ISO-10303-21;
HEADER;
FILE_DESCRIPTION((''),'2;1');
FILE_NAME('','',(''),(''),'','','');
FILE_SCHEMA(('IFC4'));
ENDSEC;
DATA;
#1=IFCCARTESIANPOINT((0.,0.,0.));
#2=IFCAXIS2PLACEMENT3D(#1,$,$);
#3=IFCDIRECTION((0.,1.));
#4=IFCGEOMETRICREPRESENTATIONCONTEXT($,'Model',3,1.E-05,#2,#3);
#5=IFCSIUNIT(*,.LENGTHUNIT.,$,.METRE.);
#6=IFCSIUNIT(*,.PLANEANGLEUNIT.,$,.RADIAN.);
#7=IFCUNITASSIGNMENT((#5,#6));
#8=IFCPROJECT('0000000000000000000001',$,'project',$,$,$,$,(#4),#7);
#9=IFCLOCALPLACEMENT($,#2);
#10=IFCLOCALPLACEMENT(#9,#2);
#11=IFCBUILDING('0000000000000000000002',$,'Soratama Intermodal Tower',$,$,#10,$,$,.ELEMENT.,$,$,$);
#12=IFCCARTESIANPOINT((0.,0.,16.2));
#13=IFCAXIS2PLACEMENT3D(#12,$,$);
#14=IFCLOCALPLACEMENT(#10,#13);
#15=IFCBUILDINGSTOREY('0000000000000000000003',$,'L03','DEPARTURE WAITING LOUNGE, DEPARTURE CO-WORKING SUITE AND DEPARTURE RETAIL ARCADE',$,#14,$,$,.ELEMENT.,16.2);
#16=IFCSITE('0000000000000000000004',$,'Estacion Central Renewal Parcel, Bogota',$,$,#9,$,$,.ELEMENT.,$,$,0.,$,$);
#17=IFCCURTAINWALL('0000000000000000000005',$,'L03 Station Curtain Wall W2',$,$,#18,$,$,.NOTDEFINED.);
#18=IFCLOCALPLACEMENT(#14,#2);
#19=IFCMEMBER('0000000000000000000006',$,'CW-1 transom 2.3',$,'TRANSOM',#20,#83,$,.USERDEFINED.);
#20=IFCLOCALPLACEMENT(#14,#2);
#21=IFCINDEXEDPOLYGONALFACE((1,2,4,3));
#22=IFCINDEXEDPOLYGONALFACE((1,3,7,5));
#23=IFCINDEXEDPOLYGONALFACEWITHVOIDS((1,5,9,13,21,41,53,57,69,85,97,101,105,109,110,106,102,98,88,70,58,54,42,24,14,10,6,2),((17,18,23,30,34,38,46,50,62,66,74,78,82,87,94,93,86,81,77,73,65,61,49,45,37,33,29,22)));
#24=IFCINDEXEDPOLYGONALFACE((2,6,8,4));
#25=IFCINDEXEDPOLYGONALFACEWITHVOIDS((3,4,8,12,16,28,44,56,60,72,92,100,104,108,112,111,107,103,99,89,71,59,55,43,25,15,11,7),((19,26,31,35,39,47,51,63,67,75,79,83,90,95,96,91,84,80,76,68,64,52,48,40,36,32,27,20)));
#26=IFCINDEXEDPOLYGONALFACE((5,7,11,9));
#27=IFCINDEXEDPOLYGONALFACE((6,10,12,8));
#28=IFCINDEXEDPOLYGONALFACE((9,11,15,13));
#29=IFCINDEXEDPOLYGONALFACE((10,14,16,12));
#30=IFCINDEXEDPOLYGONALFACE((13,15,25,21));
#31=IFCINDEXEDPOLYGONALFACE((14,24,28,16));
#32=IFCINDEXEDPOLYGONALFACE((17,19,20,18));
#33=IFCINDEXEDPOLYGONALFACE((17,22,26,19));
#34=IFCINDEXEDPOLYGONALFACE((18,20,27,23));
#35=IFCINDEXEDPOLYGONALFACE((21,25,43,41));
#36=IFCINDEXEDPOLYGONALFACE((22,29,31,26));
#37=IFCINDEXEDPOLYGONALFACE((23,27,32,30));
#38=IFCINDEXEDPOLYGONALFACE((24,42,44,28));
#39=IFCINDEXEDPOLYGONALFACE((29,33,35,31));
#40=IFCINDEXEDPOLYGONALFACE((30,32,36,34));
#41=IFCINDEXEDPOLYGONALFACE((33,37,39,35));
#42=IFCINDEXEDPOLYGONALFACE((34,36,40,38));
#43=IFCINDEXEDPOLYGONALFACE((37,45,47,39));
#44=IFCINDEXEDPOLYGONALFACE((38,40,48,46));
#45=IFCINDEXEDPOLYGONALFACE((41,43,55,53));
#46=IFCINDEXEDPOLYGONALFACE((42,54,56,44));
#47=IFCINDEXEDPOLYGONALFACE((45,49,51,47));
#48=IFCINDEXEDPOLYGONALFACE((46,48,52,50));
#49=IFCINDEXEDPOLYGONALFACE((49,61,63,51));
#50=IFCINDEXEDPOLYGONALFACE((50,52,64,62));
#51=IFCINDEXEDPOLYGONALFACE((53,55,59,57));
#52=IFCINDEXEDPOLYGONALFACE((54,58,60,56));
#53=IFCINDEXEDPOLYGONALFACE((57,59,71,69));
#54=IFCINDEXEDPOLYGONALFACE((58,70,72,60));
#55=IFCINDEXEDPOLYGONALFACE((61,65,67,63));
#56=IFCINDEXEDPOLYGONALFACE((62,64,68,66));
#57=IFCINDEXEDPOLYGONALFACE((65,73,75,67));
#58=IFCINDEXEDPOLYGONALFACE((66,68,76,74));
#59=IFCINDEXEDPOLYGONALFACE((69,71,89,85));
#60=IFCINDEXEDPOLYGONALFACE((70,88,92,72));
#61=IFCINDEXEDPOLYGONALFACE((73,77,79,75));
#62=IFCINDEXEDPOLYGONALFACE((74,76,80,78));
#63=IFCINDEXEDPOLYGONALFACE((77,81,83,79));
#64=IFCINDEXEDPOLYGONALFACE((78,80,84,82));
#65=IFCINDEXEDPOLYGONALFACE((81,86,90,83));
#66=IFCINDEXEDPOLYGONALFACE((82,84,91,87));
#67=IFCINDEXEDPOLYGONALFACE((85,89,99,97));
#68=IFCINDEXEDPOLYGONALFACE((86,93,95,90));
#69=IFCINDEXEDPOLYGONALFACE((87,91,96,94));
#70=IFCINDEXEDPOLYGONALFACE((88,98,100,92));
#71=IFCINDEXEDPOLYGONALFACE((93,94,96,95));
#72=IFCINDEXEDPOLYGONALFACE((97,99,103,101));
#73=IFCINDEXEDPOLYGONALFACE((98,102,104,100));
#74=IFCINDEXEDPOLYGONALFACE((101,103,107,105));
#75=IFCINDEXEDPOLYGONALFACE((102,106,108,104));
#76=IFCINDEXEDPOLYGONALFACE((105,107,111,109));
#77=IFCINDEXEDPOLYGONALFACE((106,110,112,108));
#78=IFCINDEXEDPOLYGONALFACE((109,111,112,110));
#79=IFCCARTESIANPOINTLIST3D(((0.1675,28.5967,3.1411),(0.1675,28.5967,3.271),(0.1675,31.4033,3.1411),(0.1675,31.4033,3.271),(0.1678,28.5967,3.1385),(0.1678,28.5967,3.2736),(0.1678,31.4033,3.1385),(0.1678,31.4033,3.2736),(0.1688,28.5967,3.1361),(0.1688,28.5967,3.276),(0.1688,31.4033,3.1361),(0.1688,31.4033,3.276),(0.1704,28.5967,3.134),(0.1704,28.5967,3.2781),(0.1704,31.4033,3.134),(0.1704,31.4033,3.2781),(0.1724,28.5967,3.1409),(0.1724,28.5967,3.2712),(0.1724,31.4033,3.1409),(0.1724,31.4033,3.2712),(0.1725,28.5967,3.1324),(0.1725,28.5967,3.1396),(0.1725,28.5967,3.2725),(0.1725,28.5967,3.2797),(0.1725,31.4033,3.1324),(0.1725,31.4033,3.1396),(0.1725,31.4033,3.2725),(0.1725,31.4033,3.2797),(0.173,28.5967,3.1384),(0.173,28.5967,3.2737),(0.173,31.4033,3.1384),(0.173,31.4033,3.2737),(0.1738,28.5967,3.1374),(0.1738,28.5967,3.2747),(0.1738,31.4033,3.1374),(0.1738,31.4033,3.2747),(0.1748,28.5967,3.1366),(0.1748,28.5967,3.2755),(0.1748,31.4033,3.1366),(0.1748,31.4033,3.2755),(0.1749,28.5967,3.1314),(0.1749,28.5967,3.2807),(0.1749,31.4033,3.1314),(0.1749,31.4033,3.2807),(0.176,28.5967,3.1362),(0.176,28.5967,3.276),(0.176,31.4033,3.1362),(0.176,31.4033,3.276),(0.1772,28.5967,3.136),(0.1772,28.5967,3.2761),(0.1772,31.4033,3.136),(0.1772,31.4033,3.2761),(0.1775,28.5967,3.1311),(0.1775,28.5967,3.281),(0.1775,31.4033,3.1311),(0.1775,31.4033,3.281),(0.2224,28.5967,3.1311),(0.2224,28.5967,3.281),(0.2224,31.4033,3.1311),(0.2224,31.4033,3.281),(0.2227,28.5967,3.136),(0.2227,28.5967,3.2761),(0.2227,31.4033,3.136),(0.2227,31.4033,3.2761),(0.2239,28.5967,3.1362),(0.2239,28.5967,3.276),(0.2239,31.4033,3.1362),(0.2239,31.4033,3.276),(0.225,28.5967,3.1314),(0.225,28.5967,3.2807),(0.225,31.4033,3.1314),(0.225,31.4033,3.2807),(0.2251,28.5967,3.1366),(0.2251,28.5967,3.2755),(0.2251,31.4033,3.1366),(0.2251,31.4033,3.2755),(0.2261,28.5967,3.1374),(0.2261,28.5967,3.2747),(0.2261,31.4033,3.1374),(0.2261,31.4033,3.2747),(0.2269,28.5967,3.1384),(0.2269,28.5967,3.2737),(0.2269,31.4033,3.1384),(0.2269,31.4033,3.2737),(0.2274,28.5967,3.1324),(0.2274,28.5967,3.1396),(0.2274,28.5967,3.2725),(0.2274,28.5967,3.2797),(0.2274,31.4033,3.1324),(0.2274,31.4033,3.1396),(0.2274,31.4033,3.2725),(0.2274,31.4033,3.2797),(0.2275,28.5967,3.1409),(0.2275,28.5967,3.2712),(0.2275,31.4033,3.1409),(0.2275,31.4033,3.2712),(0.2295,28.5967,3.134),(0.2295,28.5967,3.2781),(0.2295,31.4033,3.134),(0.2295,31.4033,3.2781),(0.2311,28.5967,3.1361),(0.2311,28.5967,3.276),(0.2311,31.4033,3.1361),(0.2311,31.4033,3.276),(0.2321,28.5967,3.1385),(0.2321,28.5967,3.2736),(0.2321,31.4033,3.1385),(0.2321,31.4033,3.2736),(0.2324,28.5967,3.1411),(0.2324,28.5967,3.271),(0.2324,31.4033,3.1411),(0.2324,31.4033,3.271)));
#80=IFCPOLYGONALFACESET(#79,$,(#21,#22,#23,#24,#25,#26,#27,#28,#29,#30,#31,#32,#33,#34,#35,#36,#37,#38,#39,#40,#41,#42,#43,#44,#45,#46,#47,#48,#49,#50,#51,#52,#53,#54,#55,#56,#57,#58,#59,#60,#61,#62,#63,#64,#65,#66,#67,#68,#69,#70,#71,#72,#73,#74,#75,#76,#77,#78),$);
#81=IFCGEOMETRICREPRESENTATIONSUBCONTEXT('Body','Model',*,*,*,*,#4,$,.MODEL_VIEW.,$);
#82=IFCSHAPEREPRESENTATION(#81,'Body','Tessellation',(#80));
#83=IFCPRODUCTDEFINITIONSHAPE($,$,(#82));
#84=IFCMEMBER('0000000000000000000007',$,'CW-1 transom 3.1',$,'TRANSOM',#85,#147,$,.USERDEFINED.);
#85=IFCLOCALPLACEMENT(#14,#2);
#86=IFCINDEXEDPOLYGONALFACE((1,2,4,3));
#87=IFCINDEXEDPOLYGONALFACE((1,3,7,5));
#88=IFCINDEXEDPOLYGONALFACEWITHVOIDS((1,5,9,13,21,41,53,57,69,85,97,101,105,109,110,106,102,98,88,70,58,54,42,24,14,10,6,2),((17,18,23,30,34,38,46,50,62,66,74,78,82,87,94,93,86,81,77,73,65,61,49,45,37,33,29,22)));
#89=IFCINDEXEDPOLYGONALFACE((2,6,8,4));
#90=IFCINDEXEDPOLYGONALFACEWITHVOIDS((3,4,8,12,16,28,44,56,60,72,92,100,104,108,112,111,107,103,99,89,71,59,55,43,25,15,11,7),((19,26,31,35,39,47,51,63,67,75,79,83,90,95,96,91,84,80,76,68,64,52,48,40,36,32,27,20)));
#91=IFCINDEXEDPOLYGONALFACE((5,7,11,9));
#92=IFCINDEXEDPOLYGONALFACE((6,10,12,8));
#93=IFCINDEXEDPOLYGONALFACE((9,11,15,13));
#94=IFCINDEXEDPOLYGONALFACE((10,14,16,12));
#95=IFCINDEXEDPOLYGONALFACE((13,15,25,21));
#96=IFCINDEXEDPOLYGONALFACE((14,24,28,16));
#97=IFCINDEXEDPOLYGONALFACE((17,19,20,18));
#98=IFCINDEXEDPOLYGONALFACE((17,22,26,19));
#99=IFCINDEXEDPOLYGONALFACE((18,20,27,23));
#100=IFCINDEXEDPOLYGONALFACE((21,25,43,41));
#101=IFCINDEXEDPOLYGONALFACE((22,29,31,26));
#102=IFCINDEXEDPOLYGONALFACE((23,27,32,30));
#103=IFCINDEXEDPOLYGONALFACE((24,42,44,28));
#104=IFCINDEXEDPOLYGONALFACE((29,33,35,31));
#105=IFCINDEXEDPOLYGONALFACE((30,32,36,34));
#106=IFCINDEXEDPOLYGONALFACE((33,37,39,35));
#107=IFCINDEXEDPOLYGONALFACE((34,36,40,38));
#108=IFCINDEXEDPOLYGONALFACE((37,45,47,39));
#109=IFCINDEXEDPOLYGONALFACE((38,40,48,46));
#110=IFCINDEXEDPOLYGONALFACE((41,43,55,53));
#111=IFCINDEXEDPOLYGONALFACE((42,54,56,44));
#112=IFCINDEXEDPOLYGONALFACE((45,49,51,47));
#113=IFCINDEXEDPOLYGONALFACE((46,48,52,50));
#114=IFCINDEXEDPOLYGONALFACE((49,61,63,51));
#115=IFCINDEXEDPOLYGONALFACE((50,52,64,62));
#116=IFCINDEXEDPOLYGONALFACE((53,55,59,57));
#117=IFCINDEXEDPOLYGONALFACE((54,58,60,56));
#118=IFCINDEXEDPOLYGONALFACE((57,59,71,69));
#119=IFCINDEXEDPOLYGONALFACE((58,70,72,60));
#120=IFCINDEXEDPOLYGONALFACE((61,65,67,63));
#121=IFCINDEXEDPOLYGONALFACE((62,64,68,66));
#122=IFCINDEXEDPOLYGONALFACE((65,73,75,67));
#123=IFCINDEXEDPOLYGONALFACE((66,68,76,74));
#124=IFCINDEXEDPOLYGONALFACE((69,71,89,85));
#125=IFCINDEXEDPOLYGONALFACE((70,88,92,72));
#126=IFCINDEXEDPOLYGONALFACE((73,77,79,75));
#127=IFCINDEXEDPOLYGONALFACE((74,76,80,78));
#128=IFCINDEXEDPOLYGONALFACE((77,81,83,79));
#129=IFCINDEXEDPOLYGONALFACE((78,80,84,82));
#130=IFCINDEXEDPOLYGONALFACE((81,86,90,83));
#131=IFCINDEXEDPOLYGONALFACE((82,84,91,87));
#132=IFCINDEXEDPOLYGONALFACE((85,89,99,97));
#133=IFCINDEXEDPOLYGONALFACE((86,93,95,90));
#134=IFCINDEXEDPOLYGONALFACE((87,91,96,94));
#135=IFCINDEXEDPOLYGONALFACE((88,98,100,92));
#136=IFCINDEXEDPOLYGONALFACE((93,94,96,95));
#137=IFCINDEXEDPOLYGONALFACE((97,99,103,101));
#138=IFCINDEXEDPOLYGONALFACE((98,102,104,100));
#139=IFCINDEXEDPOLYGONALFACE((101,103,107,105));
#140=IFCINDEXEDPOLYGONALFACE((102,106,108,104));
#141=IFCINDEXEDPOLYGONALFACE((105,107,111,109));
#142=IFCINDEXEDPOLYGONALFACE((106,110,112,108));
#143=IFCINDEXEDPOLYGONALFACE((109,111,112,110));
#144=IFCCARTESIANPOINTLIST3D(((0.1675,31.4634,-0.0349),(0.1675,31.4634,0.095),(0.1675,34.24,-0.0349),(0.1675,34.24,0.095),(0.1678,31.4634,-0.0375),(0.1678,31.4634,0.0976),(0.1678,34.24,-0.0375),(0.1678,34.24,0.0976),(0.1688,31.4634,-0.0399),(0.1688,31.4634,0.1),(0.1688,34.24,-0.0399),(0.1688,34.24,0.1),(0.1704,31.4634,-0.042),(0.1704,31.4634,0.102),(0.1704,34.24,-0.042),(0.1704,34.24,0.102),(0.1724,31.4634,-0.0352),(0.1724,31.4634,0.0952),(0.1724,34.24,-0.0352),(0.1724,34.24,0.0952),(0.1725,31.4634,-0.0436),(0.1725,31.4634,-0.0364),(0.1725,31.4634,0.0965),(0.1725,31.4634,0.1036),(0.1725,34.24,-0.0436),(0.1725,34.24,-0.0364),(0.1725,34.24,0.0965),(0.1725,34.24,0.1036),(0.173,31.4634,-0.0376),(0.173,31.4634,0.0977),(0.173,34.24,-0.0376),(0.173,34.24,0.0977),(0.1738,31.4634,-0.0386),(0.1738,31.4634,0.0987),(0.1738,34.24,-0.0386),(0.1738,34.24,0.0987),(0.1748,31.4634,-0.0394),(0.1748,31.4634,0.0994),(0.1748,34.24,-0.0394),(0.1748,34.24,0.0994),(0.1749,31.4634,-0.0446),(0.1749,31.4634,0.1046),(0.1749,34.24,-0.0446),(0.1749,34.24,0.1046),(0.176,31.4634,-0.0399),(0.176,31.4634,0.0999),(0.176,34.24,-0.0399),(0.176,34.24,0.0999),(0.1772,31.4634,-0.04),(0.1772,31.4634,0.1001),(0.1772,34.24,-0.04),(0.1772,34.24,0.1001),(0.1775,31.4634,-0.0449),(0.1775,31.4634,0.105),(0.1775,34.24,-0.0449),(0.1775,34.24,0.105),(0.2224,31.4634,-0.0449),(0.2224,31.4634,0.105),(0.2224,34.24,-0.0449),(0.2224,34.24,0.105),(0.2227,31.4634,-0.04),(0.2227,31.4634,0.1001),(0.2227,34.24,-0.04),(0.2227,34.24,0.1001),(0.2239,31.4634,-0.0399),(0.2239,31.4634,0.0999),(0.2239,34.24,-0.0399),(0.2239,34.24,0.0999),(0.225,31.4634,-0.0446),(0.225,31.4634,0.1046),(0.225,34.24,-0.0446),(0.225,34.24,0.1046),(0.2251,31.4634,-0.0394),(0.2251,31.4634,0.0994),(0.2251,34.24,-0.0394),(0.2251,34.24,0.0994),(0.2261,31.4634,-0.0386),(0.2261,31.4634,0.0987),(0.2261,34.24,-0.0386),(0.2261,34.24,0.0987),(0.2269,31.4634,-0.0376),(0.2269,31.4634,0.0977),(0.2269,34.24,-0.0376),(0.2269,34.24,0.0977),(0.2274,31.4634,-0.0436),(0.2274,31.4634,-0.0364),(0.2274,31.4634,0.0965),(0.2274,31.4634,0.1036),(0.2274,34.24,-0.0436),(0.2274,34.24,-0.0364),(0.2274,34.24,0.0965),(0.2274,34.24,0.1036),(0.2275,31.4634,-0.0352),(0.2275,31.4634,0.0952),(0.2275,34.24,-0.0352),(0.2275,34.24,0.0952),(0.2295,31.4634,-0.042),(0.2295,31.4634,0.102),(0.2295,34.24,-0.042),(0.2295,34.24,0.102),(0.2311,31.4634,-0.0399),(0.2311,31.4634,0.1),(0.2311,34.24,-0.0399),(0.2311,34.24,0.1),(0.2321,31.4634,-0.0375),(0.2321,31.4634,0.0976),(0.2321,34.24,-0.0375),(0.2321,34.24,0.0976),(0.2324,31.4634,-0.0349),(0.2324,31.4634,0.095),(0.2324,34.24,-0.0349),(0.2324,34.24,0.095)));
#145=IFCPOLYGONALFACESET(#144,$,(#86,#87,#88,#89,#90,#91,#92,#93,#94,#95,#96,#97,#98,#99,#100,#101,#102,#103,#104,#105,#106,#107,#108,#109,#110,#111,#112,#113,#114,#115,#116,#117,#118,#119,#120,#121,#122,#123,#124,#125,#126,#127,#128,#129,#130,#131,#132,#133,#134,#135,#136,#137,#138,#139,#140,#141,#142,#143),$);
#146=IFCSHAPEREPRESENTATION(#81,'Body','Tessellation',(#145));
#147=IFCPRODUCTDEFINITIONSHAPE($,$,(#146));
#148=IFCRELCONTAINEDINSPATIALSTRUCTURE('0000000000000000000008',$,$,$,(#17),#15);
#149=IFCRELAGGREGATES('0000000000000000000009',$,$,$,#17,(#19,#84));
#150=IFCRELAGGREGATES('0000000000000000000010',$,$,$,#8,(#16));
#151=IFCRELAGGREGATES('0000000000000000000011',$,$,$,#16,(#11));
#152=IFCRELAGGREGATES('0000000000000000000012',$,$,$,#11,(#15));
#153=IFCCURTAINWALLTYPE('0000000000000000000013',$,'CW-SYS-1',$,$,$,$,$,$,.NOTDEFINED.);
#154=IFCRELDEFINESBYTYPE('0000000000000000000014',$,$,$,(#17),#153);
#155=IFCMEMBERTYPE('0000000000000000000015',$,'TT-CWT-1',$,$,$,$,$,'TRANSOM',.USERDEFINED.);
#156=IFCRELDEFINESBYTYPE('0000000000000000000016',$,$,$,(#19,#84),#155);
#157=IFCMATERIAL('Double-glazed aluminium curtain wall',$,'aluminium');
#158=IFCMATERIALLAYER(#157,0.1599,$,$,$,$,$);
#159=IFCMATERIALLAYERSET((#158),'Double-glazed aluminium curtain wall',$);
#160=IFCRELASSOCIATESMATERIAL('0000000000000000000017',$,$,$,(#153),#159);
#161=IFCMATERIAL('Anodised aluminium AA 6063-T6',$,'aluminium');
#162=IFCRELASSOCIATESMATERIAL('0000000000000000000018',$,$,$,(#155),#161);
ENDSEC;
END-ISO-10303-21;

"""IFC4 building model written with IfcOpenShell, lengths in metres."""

from ifc_helpers import new_model, si_unit, direction, frame, origin, origin_2d, place, context, subcontext, project, spatial, hollow_rectangle, extrude, material, layer, layer_set, material_profile, profile_set, type_object, element, aggregate, save


model = new_model("IFC4")

# Units and contexts
model_context = context("Model", 3, precision=1e-05, world=origin(), true_north=direction((0.0, 1.0)))
body_context = subcontext(model_context, "Body", "Model", "MODEL_VIEW")
ifc_project = project(units=[si_unit("LENGTHUNIT", "METRE"), si_unit("PLANEANGLEUNIT", "RADIAN")], contexts=[model_context])

# Site, building, storey
site_placement = place(None, origin())
site = spatial("IfcSite", under=ifc_project, at=site_placement, Name="Estacion Central Renewal Parcel, Bogota", CompositionType="ELEMENT", RefElevation=0.0)
building_placement = place(site_placement, origin())
building = spatial("IfcBuilding", under=site, at=building_placement, Name="Soratama Intermodal Tower", CompositionType="ELEMENT")
storey_placement = place(building_placement, frame((0.0, 0.0, 16.2)))
storey = spatial("IfcBuildingStorey", under=building, at=storey_placement, Name="L03", Description="DEPARTURE WAITING LOUNGE, DEPARTURE CO-WORKING SUITE AND DEPARTURE RETAIL ARCADE", CompositionType="ELEMENT", Elevation=16.2)

# Curtain wall, members
ifc_material_1 = material(Name="Double-glazed aluminium curtain wall", Category="aluminium")
ifc_layer_1 = layer(ifc_material_1, 0.1599)
ifc_layer_set_1 = layer_set([ifc_layer_1], Name="Double-glazed aluminium curtain wall")
curtain_wall_type = type_object("IfcCurtainWallType", Name="CW-SYS-1", PredefinedType="NOTDEFINED", material=ifc_layer_set_1)
curtain_wall_placement = place(storey_placement, origin())
curtain_wall = element("IfcCurtainWall", 1, at=curtain_wall_placement, inside=storey, type_object=curtain_wall_type, Name="L03 Station Curtain Wall W2", PredefinedType="NOTDEFINED")
ifc_material_2 = material(Name="Anodised aluminium AA 6063-T6", Category="aluminium")
ifc_material_profile_1 = material_profile(ifc_material_2, hollow_rectangle(XDim=0.0649, YDim=0.1499, WallThickness=0.0049, InnerFilletRadius=0.0049, OuterFilletRadius=0.01, at=origin_2d()), Name="CWT150X65X5")
ifc_profile_set_1 = profile_set([ifc_material_profile_1], Name="Anodised aluminium AA 6063-T6")
member_type_1 = type_object("IfcMemberType", Name="TT-CWT-1", ElementType="TRANSOM", PredefinedType="USERDEFINED", material=ifc_profile_set_1)
member_1_placement = place(storey_placement, frame((0.2, 28.5967, 3.2061), z_axis=(0.0, 1.0, 0.0), x_axis=(-1.0, 0.0, 0.0)))
member_1 = element("IfcMember", 2, at=member_1_placement, type_object=member_type_1, Name="CW-1 transom 2.3", ObjectType="TRANSOM", PredefinedType="USERDEFINED", context=body_context, shape_type="SweptSolid", body=[
    extrude(hollow_rectangle(XDim=0.0649, YDim=0.1499, WallThickness=0.0049, InnerFilletRadius=0.0049, OuterFilletRadius=0.01, at=origin_2d()), origin(), (0.0, 0.0, 1.0), 2.8066),
])
member_2_placement = place(storey_placement, frame((0.2, 31.4634, 0.03), z_axis=(0.0, 1.0, 0.0), x_axis=(-1.0, 0.0, 0.0)))
member_2 = element("IfcMember", 3, at=member_2_placement, type_object=member_type_1, Name="CW-1 transom 3.1", ObjectType="TRANSOM", PredefinedType="USERDEFINED", context=body_context, shape_type="SweptSolid", body=[
    extrude(hollow_rectangle(XDim=0.0649, YDim=0.1499, WallThickness=0.0049, InnerFilletRadius=0.0049, OuterFilletRadius=0.01, at=origin_2d()), origin(), (0.0, 0.0, 1.0), 2.7766),
])
aggregate(curtain_wall, [member_1, member_2])

save(model, "model.ifc")
